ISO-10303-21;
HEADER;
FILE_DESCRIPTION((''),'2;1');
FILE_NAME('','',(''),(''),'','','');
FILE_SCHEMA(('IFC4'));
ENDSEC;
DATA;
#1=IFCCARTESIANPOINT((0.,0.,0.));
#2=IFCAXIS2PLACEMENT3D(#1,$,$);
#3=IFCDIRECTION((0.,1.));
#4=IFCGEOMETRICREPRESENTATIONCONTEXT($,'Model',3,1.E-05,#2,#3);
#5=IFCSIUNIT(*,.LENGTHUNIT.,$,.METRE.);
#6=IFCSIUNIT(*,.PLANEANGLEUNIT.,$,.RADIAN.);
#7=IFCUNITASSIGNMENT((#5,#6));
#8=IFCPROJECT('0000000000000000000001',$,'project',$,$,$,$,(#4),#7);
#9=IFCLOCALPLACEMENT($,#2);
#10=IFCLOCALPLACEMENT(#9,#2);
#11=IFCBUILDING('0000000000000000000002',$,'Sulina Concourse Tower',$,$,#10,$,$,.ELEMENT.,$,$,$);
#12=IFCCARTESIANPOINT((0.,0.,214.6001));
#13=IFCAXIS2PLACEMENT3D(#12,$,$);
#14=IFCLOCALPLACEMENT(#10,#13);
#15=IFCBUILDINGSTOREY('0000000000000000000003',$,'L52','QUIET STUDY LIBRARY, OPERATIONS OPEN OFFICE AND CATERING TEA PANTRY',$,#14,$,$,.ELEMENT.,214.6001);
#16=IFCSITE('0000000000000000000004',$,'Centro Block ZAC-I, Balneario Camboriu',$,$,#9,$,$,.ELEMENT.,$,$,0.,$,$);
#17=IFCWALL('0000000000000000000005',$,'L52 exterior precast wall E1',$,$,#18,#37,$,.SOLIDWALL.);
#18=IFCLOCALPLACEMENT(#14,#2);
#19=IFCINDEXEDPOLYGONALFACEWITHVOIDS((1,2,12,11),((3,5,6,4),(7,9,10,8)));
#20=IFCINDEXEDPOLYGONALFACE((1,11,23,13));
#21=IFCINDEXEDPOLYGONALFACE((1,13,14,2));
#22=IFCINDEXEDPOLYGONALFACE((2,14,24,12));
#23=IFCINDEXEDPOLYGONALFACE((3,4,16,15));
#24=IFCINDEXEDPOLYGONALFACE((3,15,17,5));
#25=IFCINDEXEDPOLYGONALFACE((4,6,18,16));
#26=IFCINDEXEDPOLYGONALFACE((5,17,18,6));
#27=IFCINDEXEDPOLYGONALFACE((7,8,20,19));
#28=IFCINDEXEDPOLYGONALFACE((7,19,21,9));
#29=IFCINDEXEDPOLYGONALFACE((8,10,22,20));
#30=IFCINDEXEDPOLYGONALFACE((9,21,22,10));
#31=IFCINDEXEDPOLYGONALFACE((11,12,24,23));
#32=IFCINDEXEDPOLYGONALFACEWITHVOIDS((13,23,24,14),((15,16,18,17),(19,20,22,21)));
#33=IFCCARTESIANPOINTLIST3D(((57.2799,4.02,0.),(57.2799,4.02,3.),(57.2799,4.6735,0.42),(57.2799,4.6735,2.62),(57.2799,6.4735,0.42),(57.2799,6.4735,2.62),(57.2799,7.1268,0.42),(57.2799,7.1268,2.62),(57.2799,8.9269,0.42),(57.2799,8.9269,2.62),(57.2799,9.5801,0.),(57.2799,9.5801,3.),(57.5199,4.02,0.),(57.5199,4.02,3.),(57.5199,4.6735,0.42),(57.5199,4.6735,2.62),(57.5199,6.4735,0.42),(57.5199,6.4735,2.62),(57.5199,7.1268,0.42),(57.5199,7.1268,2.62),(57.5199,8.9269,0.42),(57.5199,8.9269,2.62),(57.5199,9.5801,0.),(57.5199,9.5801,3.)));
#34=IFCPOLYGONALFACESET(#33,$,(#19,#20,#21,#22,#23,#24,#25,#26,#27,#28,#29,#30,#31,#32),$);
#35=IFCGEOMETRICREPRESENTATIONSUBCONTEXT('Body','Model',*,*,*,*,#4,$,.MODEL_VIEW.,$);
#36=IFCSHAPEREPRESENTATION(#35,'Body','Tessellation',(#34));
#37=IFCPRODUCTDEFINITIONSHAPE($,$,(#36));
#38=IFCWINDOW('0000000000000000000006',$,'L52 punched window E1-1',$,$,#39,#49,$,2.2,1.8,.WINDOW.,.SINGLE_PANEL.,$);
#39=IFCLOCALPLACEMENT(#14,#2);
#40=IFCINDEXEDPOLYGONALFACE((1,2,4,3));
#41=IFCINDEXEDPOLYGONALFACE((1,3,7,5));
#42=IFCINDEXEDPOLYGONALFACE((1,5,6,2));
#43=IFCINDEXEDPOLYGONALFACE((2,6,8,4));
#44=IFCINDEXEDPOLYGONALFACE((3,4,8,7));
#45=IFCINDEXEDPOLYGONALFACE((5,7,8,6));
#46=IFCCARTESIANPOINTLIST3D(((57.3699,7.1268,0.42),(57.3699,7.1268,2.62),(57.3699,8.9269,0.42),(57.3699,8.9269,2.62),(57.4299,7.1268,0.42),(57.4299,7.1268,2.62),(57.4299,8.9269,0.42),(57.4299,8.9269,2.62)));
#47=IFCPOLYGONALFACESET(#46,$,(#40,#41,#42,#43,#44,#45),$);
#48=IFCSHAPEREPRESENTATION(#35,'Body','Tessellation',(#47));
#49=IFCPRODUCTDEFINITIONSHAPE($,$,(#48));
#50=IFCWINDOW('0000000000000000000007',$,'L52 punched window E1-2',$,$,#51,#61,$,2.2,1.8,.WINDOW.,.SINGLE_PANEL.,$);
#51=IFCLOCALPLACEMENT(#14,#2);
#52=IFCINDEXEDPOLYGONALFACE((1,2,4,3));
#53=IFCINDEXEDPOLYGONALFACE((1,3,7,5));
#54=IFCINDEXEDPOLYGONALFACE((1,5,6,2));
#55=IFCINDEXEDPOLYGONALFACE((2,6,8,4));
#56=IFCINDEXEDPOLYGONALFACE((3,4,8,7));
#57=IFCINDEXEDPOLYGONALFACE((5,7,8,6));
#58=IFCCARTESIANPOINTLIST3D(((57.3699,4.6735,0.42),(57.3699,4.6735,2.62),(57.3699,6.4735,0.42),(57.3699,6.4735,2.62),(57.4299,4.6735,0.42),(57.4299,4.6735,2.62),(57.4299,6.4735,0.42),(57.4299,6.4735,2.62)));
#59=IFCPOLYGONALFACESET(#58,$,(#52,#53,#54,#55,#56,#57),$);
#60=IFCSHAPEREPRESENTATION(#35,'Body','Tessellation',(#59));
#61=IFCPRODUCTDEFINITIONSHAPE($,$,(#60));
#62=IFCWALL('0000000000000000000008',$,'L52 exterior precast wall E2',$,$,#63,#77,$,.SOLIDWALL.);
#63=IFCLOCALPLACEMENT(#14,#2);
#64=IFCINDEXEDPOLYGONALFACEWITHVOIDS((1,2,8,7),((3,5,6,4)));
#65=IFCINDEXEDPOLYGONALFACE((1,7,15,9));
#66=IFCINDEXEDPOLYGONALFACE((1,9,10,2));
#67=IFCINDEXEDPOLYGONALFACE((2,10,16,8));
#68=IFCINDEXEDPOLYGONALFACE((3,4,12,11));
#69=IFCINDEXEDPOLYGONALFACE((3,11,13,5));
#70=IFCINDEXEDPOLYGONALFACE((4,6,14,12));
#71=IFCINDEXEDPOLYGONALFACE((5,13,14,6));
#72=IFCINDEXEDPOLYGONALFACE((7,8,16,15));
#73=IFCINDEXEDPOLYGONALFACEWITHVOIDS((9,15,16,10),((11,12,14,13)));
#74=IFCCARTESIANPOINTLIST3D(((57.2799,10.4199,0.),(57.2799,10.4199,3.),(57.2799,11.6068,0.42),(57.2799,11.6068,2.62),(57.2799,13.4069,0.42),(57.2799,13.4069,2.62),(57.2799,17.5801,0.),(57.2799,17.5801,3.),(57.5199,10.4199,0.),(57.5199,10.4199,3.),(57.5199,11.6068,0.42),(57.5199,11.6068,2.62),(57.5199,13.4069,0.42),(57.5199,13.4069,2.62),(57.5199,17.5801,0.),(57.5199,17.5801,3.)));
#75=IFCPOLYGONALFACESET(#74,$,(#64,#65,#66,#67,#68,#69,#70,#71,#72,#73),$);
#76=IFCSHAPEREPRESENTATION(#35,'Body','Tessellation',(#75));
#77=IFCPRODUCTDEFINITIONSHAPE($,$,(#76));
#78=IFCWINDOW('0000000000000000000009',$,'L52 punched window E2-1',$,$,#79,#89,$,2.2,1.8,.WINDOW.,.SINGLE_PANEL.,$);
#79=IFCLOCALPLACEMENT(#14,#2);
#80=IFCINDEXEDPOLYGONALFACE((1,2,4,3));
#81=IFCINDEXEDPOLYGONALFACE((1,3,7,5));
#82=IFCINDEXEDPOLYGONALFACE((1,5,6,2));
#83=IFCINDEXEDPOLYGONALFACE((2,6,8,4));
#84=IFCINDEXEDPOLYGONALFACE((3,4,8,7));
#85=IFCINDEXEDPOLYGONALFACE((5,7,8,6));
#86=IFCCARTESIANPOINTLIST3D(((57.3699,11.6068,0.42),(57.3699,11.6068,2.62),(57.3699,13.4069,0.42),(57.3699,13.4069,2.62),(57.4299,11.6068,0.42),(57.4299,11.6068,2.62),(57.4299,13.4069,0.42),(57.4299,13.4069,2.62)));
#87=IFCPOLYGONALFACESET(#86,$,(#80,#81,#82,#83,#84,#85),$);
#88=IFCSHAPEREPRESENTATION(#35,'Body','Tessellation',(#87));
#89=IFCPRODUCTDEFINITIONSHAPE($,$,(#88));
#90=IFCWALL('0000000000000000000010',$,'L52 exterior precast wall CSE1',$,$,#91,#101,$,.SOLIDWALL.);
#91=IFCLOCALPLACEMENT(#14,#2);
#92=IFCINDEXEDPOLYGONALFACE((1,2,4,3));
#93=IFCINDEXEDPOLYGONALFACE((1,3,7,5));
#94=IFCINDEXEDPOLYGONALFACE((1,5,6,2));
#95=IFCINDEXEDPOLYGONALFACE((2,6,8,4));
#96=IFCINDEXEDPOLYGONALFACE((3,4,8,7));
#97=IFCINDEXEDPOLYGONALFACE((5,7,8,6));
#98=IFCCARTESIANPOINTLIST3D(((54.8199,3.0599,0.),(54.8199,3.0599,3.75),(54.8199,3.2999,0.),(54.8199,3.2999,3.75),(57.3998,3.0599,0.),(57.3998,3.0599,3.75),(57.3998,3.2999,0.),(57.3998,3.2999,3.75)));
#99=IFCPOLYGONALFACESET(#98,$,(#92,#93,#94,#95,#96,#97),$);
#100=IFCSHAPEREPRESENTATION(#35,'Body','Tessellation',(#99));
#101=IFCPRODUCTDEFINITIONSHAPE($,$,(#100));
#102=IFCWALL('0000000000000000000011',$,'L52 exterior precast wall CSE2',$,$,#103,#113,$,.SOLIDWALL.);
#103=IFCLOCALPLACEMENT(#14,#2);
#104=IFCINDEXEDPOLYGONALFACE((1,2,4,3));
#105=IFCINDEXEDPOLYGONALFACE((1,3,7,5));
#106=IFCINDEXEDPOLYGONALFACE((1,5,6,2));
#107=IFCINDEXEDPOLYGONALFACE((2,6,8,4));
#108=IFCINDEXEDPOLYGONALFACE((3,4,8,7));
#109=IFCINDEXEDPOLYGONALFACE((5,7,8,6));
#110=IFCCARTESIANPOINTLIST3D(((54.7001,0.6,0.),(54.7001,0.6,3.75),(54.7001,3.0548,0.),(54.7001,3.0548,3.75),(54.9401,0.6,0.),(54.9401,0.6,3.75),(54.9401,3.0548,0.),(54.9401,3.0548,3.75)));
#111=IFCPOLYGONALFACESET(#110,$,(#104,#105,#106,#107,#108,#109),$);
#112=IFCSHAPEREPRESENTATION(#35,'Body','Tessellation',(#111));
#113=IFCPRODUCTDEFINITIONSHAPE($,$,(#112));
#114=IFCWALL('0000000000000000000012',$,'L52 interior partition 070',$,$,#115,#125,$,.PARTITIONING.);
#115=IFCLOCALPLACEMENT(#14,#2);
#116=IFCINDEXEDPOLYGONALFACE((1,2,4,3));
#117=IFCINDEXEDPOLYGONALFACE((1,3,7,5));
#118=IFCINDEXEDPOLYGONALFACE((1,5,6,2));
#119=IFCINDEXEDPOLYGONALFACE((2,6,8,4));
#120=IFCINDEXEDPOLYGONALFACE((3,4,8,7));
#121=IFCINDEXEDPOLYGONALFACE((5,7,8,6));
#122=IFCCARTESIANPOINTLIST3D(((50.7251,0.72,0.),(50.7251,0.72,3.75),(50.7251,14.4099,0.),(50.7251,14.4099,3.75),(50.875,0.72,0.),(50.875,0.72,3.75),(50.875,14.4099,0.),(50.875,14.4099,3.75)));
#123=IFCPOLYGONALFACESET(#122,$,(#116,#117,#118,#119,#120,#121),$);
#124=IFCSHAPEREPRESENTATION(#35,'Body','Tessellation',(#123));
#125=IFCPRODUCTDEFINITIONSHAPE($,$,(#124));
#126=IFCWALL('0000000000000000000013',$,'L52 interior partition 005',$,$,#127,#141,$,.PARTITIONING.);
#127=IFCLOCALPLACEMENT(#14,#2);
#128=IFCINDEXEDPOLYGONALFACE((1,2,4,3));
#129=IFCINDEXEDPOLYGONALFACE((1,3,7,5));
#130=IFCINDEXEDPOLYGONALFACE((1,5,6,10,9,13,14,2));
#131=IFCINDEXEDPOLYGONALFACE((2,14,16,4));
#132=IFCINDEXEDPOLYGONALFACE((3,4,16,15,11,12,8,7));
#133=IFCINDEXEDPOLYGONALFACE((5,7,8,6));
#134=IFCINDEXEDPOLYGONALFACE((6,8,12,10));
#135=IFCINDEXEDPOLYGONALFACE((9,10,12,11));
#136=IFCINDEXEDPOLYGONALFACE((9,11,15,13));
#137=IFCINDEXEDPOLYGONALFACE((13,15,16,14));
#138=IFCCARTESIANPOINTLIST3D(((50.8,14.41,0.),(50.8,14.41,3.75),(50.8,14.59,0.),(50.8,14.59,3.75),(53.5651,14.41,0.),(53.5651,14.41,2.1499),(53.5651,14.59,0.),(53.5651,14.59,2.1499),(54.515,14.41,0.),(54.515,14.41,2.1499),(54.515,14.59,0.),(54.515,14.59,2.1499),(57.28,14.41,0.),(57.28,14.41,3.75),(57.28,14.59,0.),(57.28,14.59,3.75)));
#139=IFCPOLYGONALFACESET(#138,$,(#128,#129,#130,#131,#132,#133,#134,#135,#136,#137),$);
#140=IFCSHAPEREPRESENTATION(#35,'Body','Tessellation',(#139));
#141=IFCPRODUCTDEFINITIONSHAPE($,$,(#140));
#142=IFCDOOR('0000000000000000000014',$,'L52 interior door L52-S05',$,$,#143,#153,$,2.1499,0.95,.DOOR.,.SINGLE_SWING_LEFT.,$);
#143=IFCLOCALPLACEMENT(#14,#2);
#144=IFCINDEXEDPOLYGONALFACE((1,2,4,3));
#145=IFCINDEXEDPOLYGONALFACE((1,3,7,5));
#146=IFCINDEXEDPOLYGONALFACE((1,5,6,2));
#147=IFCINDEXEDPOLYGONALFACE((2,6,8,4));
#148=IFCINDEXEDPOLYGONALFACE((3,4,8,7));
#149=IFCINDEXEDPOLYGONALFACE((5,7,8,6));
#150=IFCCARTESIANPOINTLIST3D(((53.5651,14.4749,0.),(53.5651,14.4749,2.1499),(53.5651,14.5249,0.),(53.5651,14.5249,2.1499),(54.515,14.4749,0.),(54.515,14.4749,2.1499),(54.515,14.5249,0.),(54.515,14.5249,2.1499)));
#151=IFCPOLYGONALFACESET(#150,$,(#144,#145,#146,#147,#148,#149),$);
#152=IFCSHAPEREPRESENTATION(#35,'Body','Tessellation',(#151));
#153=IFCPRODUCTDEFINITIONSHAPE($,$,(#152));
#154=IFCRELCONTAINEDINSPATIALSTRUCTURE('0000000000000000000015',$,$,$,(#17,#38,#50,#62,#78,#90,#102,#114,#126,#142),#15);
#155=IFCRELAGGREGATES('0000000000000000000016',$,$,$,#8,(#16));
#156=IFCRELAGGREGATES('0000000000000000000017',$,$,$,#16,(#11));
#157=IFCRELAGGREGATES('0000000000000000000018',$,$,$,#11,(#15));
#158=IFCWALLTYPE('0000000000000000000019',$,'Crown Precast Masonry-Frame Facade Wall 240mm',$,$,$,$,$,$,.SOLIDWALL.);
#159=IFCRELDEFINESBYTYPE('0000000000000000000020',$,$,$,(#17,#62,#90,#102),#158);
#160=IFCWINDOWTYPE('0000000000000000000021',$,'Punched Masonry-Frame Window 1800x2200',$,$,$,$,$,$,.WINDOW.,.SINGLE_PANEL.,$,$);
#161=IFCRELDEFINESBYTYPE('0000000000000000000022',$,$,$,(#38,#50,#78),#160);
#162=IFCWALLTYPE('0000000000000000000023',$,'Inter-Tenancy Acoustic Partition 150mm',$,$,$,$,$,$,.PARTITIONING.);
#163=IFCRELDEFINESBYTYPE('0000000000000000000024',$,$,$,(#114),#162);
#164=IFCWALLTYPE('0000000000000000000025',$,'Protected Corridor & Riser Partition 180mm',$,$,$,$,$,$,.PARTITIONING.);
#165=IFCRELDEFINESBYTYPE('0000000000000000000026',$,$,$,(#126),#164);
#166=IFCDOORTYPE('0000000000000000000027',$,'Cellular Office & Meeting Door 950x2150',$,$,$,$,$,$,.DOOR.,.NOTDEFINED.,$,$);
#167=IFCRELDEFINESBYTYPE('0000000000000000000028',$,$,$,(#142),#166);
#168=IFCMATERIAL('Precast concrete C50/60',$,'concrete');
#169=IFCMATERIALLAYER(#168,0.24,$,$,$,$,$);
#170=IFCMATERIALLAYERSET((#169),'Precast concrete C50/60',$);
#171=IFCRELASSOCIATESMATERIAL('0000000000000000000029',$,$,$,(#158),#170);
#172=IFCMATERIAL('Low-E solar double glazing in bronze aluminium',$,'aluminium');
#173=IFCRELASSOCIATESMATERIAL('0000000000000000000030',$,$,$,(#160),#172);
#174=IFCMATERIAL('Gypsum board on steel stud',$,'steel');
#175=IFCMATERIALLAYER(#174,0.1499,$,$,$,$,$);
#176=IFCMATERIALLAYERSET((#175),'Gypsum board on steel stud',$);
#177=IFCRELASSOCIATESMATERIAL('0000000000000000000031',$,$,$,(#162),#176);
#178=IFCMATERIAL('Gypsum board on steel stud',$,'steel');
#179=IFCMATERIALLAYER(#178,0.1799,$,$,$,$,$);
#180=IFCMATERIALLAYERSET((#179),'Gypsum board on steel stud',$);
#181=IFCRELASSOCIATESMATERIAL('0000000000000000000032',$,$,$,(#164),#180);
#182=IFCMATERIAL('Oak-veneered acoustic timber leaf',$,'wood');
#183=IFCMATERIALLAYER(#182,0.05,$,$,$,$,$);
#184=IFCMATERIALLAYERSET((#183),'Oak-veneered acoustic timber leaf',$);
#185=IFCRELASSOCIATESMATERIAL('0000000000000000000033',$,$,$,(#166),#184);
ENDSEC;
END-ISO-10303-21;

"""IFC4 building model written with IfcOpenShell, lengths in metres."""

from ifc_helpers import new_model, si_unit, direction, frame, frame_2d, origin, place, context, subcontext, project, spatial, rectangle, extrude, material, layer, layer_set, type_object, element, fill, save


model = new_model("IFC4")

# Units and contexts
model_context = context("Model", 3, precision=1e-05, world=origin(), true_north=direction((0.0, 1.0)))
body_context = subcontext(model_context, "Body", "Model", "MODEL_VIEW")
ifc_project = project(units=[si_unit("LENGTHUNIT", "METRE"), si_unit("PLANEANGLEUNIT", "RADIAN")], contexts=[model_context])

# Site, building, storey
site_placement = place(None, origin())
site = spatial("IfcSite", under=ifc_project, at=site_placement, Name="Centro Block ZAC-I, Balneario Camboriu", CompositionType="ELEMENT", RefElevation=0.0)
building_placement = place(site_placement, origin())
building = spatial("IfcBuilding", under=site, at=building_placement, Name="Sulina Concourse Tower", CompositionType="ELEMENT")
storey_placement = place(building_placement, frame((0.0, 0.0, 214.6001)))
storey = spatial("IfcBuildingStorey", under=building, at=storey_placement, Name="L52", Description="QUIET STUDY LIBRARY, OPERATIONS OPEN OFFICE AND CATERING TEA PANTRY", CompositionType="ELEMENT", Elevation=214.6001)

# Shared definitions
ifc_material_1 = material(Name="Precast concrete C50/60", Category="concrete")
ifc_layer_1 = layer(ifc_material_1, 0.24)
ifc_layer_set_1 = layer_set([ifc_layer_1], Name="Precast concrete C50/60")
wall_type_1 = type_object("IfcWallType", Name="Crown Precast Masonry-Frame Facade Wall 240mm", PredefinedType="SOLIDWALL", material=ifc_layer_set_1)

# Wall, openings, windows
wall_1_placement = place(storey_placement, frame((57.3999, 9.5801, 0.0), z_axis=(0.0, 0.0, 1.0), x_axis=(0.0, -1.0, 0.0)))
wall_1 = element("IfcWall", 1, at=wall_1_placement, inside=storey, type_object=wall_type_1, Name="L52 exterior precast wall E1", PredefinedType="SOLIDWALL", context=body_context, shape_type="SweptSolid", body=[
    extrude(rectangle(XDim=5.5601, YDim=0.24, at=frame_2d((2.78, 0.0))), origin(), (0.0, 0.0, 1.0), 3.0),
])
opening_1_placement = place(wall_1_placement, frame((0.6533, 0.0, 0.4199)))
opening_1 = element("IfcOpeningElement", 2, at=opening_1_placement, cuts=wall_1, PredefinedType="OPENING", context=body_context, shape_type="SweptSolid", body=[
    extrude(rectangle(XDim=1.8, YDim=2.2, at=frame_2d((0.8999, 1.1001))), frame((0.0, 0.1299, 0.0), z_axis=(0.0, -1.0, 0.0), x_axis=(1.0, 0.0, 0.0)), (0.0, 0.0, 1.0), 0.26),
])
opening_2_placement = place(wall_1_placement, frame((3.1067, 0.0, 0.4199)))
opening_2 = element("IfcOpeningElement", 3, at=opening_2_placement, cuts=wall_1, PredefinedType="OPENING", context=body_context, shape_type="SweptSolid", body=[
    extrude(rectangle(XDim=1.8, YDim=2.2, at=frame_2d((0.8999, 1.1001))), frame((0.0, 0.1299, 0.0), z_axis=(0.0, -1.0, 0.0), x_axis=(1.0, 0.0, 0.0)), (0.0, 0.0, 1.0), 0.26),
])
ifc_material_2 = material(Name="Low-E solar double glazing in bronze aluminium", Category="aluminium")
window_type = type_object("IfcWindowType", Name="Punched Masonry-Frame Window 1800x2200", PartitioningType="SINGLE_PANEL", PredefinedType="WINDOW", material=ifc_material_2)
window_1_placement = place(opening_1_placement, origin())
window_1 = element("IfcWindow", 4, at=window_1_placement, inside=storey, type_object=window_type, Name="L52 punched window E1-1", OverallHeight=2.2, OverallWidth=1.8, PartitioningType="SINGLE_PANEL", PredefinedType="WINDOW", context=body_context, shape_type="SweptSolid", body=[
    extrude(rectangle(XDim=1.8, YDim=2.2, at=frame_2d((0.8999, 1.1001))), frame((0.0, 0.03, 0.0), z_axis=(0.0, -1.0, 0.0), x_axis=(1.0, 0.0, 0.0)), (0.0, 0.0, 1.0), 0.0601),
])
fill(opening_1, window_1)
window_2_placement = place(opening_2_placement, origin())
window_2 = element("IfcWindow", 5, at=window_2_placement, inside=storey, type_object=window_type, Name="L52 punched window E1-2", OverallHeight=2.2, OverallWidth=1.8, PartitioningType="SINGLE_PANEL", PredefinedType="WINDOW", context=body_context, shape_type="SweptSolid", body=[
    extrude(rectangle(XDim=1.8, YDim=2.2, at=frame_2d((0.8999, 1.1001))), frame((0.0, 0.03, 0.0), z_axis=(0.0, -1.0, 0.0), x_axis=(1.0, 0.0, 0.0)), (0.0, 0.0, 1.0), 0.0601),
])
fill(opening_2, window_2)

# Wall, opening, window
wall_2_placement = place(storey_placement, frame((57.3999, 17.5801, 0.0), z_axis=(0.0, 0.0, 1.0), x_axis=(0.0, -1.0, 0.0)))
wall_2 = element("IfcWall", 6, at=wall_2_placement, inside=storey, type_object=wall_type_1, Name="L52 exterior precast wall E2", PredefinedType="SOLIDWALL", context=body_context, shape_type="SweptSolid", body=[
    extrude(rectangle(XDim=7.1602, YDim=0.24, at=frame_2d((3.5801, 0.0))), origin(), (0.0, 0.0, 1.0), 3.0),
])
opening_3_placement = place(wall_2_placement, frame((4.1733, 0.0, 0.4199)))
opening_3 = element("IfcOpeningElement", 7, at=opening_3_placement, cuts=wall_2, PredefinedType="OPENING", context=body_context, shape_type="SweptSolid", body=[
    extrude(rectangle(XDim=1.8, YDim=2.2, at=frame_2d((0.8999, 1.1001))), frame((0.0, 0.1299, 0.0), z_axis=(0.0, -1.0, 0.0), x_axis=(1.0, 0.0, 0.0)), (0.0, 0.0, 1.0), 0.26),
])
window_3_placement = place(opening_3_placement, origin())
window_3 = element("IfcWindow", 8, at=window_3_placement, inside=storey, type_object=window_type, Name="L52 punched window E2-1", OverallHeight=2.2, OverallWidth=1.8, PartitioningType="SINGLE_PANEL", PredefinedType="WINDOW", context=body_context, shape_type="SweptSolid", body=[
    extrude(rectangle(XDim=1.8, YDim=2.2, at=frame_2d((0.8999, 1.1001))), frame((0.0, 0.03, 0.0), z_axis=(0.0, -1.0, 0.0), x_axis=(1.0, 0.0, 0.0)), (0.0, 0.0, 1.0), 0.0601),
])
fill(opening_3, window_3)

# Walls
wall_3_placement = place(storey_placement, frame((57.3999, 3.1799, 0.0), z_axis=(0.0, 0.0, 1.0), x_axis=(-1.0, 0.0, 0.0)))
element("IfcWall", 9, at=wall_3_placement, inside=storey, type_object=wall_type_1, Name="L52 exterior precast wall CSE1", PredefinedType="SOLIDWALL", context=body_context, shape_type="SweptSolid", body=[
    extrude(rectangle(XDim=2.5798, YDim=0.24, at=frame_2d((1.29, 0.0))), origin(), (0.0, 0.0, 1.0), 3.75),
])
wall_4_placement = place(storey_placement, frame((54.8201, 3.0549, 0.0), z_axis=(0.0, 0.0, 1.0), x_axis=(0.0, -1.0, 0.0)))
element("IfcWall", 10, at=wall_4_placement, inside=storey, type_object=wall_type_1, Name="L52 exterior precast wall CSE2", PredefinedType="SOLIDWALL", context=body_context, shape_type="SweptSolid", body=[
    extrude(rectangle(XDim=2.4548, YDim=0.24, at=frame_2d((1.2275, 0.0))), origin(), (0.0, 0.0, 1.0), 3.75),
])
ifc_material_3 = material(Name="Gypsum board on steel stud", Category="steel")
ifc_layer_2 = layer(ifc_material_3, 0.1499)
ifc_layer_set_2 = layer_set([ifc_layer_2], Name="Gypsum board on steel stud")
wall_type_2 = type_object("IfcWallType", Name="Inter-Tenancy Acoustic Partition 150mm", PredefinedType="PARTITIONING", material=ifc_layer_set_2)
wall_5_placement = place(storey_placement, frame((50.8, 0.72, 0.0), z_axis=(0.0, 0.0, 1.0), x_axis=(0.0, 1.0, 0.0)))
element("IfcWall", 11, at=wall_5_placement, inside=storey, type_object=wall_type_2, Name="L52 interior partition 070", PredefinedType="PARTITIONING", context=body_context, shape_type="SweptSolid", body=[
    extrude(rectangle(XDim=13.6899, YDim=0.1499, at=frame_2d((6.845, 0.0))), origin(), (0.0, 0.0, 1.0), 3.75),
])

# Wall, opening, door
ifc_material_4 = material(Name="Gypsum board on steel stud", Category="steel")
ifc_layer_3 = layer(ifc_material_4, 0.1799)
ifc_layer_set_3 = layer_set([ifc_layer_3], Name="Gypsum board on steel stud")
wall_type_3 = type_object("IfcWallType", Name="Protected Corridor & Riser Partition 180mm", PredefinedType="PARTITIONING", material=ifc_layer_set_3)
wall_6_placement = place(storey_placement, frame((50.8, 14.5, 0.0), z_axis=(0.0, 0.0, 1.0), x_axis=(1.0, 0.0, 0.0)))
wall_6 = element("IfcWall", 12, at=wall_6_placement, inside=storey, type_object=wall_type_3, Name="L52 interior partition 005", PredefinedType="PARTITIONING", context=body_context, shape_type="SweptSolid", body=[
    extrude(rectangle(XDim=6.48, YDim=0.1799, at=frame_2d((3.24, 0.0))), origin(), (0.0, 0.0, 1.0), 3.75),
])
opening_4_placement = place(wall_6_placement, frame((2.7649, 0.0, 0.0)))
opening_4 = element("IfcOpeningElement", 13, at=opening_4_placement, cuts=wall_6, PredefinedType="OPENING", context=body_context, shape_type="SweptSolid", body=[
    extrude(rectangle(XDim=0.95, YDim=2.1499, at=frame_2d((0.4751, 1.075))), frame((0.0, 0.0999, 0.0), z_axis=(0.0, -1.0, 0.0), x_axis=(1.0, 0.0, 0.0)), (0.0, 0.0, 1.0), 0.2),
])
ifc_material_5 = material(Name="Oak-veneered acoustic timber leaf", Category="wood")
ifc_layer_4 = layer(ifc_material_5, 0.05)
ifc_layer_set_4 = layer_set([ifc_layer_4], Name="Oak-veneered acoustic timber leaf")
door_type = type_object("IfcDoorType", Name="Cellular Office & Meeting Door 950x2150", OperationType="NOTDEFINED", PredefinedType="DOOR", material=ifc_layer_set_4)
door_placement = place(opening_4_placement, origin())
door = element("IfcDoor", 14, at=door_placement, inside=storey, type_object=door_type, Name="L52 interior door L52-S05", OperationType="SINGLE_SWING_LEFT", OverallHeight=2.1499, OverallWidth=0.95, PredefinedType="DOOR", context=body_context, shape_type="SweptSolid", body=[
    extrude(rectangle(XDim=0.95, YDim=2.1499, at=frame_2d((0.4751, 1.075))), frame((0.0, 0.0249, 0.0), z_axis=(0.0, -1.0, 0.0), x_axis=(1.0, 0.0, 0.0)), (0.0, 0.0, 1.0), 0.05),
])
fill(opening_4, door)

save(model, "model.ifc")
